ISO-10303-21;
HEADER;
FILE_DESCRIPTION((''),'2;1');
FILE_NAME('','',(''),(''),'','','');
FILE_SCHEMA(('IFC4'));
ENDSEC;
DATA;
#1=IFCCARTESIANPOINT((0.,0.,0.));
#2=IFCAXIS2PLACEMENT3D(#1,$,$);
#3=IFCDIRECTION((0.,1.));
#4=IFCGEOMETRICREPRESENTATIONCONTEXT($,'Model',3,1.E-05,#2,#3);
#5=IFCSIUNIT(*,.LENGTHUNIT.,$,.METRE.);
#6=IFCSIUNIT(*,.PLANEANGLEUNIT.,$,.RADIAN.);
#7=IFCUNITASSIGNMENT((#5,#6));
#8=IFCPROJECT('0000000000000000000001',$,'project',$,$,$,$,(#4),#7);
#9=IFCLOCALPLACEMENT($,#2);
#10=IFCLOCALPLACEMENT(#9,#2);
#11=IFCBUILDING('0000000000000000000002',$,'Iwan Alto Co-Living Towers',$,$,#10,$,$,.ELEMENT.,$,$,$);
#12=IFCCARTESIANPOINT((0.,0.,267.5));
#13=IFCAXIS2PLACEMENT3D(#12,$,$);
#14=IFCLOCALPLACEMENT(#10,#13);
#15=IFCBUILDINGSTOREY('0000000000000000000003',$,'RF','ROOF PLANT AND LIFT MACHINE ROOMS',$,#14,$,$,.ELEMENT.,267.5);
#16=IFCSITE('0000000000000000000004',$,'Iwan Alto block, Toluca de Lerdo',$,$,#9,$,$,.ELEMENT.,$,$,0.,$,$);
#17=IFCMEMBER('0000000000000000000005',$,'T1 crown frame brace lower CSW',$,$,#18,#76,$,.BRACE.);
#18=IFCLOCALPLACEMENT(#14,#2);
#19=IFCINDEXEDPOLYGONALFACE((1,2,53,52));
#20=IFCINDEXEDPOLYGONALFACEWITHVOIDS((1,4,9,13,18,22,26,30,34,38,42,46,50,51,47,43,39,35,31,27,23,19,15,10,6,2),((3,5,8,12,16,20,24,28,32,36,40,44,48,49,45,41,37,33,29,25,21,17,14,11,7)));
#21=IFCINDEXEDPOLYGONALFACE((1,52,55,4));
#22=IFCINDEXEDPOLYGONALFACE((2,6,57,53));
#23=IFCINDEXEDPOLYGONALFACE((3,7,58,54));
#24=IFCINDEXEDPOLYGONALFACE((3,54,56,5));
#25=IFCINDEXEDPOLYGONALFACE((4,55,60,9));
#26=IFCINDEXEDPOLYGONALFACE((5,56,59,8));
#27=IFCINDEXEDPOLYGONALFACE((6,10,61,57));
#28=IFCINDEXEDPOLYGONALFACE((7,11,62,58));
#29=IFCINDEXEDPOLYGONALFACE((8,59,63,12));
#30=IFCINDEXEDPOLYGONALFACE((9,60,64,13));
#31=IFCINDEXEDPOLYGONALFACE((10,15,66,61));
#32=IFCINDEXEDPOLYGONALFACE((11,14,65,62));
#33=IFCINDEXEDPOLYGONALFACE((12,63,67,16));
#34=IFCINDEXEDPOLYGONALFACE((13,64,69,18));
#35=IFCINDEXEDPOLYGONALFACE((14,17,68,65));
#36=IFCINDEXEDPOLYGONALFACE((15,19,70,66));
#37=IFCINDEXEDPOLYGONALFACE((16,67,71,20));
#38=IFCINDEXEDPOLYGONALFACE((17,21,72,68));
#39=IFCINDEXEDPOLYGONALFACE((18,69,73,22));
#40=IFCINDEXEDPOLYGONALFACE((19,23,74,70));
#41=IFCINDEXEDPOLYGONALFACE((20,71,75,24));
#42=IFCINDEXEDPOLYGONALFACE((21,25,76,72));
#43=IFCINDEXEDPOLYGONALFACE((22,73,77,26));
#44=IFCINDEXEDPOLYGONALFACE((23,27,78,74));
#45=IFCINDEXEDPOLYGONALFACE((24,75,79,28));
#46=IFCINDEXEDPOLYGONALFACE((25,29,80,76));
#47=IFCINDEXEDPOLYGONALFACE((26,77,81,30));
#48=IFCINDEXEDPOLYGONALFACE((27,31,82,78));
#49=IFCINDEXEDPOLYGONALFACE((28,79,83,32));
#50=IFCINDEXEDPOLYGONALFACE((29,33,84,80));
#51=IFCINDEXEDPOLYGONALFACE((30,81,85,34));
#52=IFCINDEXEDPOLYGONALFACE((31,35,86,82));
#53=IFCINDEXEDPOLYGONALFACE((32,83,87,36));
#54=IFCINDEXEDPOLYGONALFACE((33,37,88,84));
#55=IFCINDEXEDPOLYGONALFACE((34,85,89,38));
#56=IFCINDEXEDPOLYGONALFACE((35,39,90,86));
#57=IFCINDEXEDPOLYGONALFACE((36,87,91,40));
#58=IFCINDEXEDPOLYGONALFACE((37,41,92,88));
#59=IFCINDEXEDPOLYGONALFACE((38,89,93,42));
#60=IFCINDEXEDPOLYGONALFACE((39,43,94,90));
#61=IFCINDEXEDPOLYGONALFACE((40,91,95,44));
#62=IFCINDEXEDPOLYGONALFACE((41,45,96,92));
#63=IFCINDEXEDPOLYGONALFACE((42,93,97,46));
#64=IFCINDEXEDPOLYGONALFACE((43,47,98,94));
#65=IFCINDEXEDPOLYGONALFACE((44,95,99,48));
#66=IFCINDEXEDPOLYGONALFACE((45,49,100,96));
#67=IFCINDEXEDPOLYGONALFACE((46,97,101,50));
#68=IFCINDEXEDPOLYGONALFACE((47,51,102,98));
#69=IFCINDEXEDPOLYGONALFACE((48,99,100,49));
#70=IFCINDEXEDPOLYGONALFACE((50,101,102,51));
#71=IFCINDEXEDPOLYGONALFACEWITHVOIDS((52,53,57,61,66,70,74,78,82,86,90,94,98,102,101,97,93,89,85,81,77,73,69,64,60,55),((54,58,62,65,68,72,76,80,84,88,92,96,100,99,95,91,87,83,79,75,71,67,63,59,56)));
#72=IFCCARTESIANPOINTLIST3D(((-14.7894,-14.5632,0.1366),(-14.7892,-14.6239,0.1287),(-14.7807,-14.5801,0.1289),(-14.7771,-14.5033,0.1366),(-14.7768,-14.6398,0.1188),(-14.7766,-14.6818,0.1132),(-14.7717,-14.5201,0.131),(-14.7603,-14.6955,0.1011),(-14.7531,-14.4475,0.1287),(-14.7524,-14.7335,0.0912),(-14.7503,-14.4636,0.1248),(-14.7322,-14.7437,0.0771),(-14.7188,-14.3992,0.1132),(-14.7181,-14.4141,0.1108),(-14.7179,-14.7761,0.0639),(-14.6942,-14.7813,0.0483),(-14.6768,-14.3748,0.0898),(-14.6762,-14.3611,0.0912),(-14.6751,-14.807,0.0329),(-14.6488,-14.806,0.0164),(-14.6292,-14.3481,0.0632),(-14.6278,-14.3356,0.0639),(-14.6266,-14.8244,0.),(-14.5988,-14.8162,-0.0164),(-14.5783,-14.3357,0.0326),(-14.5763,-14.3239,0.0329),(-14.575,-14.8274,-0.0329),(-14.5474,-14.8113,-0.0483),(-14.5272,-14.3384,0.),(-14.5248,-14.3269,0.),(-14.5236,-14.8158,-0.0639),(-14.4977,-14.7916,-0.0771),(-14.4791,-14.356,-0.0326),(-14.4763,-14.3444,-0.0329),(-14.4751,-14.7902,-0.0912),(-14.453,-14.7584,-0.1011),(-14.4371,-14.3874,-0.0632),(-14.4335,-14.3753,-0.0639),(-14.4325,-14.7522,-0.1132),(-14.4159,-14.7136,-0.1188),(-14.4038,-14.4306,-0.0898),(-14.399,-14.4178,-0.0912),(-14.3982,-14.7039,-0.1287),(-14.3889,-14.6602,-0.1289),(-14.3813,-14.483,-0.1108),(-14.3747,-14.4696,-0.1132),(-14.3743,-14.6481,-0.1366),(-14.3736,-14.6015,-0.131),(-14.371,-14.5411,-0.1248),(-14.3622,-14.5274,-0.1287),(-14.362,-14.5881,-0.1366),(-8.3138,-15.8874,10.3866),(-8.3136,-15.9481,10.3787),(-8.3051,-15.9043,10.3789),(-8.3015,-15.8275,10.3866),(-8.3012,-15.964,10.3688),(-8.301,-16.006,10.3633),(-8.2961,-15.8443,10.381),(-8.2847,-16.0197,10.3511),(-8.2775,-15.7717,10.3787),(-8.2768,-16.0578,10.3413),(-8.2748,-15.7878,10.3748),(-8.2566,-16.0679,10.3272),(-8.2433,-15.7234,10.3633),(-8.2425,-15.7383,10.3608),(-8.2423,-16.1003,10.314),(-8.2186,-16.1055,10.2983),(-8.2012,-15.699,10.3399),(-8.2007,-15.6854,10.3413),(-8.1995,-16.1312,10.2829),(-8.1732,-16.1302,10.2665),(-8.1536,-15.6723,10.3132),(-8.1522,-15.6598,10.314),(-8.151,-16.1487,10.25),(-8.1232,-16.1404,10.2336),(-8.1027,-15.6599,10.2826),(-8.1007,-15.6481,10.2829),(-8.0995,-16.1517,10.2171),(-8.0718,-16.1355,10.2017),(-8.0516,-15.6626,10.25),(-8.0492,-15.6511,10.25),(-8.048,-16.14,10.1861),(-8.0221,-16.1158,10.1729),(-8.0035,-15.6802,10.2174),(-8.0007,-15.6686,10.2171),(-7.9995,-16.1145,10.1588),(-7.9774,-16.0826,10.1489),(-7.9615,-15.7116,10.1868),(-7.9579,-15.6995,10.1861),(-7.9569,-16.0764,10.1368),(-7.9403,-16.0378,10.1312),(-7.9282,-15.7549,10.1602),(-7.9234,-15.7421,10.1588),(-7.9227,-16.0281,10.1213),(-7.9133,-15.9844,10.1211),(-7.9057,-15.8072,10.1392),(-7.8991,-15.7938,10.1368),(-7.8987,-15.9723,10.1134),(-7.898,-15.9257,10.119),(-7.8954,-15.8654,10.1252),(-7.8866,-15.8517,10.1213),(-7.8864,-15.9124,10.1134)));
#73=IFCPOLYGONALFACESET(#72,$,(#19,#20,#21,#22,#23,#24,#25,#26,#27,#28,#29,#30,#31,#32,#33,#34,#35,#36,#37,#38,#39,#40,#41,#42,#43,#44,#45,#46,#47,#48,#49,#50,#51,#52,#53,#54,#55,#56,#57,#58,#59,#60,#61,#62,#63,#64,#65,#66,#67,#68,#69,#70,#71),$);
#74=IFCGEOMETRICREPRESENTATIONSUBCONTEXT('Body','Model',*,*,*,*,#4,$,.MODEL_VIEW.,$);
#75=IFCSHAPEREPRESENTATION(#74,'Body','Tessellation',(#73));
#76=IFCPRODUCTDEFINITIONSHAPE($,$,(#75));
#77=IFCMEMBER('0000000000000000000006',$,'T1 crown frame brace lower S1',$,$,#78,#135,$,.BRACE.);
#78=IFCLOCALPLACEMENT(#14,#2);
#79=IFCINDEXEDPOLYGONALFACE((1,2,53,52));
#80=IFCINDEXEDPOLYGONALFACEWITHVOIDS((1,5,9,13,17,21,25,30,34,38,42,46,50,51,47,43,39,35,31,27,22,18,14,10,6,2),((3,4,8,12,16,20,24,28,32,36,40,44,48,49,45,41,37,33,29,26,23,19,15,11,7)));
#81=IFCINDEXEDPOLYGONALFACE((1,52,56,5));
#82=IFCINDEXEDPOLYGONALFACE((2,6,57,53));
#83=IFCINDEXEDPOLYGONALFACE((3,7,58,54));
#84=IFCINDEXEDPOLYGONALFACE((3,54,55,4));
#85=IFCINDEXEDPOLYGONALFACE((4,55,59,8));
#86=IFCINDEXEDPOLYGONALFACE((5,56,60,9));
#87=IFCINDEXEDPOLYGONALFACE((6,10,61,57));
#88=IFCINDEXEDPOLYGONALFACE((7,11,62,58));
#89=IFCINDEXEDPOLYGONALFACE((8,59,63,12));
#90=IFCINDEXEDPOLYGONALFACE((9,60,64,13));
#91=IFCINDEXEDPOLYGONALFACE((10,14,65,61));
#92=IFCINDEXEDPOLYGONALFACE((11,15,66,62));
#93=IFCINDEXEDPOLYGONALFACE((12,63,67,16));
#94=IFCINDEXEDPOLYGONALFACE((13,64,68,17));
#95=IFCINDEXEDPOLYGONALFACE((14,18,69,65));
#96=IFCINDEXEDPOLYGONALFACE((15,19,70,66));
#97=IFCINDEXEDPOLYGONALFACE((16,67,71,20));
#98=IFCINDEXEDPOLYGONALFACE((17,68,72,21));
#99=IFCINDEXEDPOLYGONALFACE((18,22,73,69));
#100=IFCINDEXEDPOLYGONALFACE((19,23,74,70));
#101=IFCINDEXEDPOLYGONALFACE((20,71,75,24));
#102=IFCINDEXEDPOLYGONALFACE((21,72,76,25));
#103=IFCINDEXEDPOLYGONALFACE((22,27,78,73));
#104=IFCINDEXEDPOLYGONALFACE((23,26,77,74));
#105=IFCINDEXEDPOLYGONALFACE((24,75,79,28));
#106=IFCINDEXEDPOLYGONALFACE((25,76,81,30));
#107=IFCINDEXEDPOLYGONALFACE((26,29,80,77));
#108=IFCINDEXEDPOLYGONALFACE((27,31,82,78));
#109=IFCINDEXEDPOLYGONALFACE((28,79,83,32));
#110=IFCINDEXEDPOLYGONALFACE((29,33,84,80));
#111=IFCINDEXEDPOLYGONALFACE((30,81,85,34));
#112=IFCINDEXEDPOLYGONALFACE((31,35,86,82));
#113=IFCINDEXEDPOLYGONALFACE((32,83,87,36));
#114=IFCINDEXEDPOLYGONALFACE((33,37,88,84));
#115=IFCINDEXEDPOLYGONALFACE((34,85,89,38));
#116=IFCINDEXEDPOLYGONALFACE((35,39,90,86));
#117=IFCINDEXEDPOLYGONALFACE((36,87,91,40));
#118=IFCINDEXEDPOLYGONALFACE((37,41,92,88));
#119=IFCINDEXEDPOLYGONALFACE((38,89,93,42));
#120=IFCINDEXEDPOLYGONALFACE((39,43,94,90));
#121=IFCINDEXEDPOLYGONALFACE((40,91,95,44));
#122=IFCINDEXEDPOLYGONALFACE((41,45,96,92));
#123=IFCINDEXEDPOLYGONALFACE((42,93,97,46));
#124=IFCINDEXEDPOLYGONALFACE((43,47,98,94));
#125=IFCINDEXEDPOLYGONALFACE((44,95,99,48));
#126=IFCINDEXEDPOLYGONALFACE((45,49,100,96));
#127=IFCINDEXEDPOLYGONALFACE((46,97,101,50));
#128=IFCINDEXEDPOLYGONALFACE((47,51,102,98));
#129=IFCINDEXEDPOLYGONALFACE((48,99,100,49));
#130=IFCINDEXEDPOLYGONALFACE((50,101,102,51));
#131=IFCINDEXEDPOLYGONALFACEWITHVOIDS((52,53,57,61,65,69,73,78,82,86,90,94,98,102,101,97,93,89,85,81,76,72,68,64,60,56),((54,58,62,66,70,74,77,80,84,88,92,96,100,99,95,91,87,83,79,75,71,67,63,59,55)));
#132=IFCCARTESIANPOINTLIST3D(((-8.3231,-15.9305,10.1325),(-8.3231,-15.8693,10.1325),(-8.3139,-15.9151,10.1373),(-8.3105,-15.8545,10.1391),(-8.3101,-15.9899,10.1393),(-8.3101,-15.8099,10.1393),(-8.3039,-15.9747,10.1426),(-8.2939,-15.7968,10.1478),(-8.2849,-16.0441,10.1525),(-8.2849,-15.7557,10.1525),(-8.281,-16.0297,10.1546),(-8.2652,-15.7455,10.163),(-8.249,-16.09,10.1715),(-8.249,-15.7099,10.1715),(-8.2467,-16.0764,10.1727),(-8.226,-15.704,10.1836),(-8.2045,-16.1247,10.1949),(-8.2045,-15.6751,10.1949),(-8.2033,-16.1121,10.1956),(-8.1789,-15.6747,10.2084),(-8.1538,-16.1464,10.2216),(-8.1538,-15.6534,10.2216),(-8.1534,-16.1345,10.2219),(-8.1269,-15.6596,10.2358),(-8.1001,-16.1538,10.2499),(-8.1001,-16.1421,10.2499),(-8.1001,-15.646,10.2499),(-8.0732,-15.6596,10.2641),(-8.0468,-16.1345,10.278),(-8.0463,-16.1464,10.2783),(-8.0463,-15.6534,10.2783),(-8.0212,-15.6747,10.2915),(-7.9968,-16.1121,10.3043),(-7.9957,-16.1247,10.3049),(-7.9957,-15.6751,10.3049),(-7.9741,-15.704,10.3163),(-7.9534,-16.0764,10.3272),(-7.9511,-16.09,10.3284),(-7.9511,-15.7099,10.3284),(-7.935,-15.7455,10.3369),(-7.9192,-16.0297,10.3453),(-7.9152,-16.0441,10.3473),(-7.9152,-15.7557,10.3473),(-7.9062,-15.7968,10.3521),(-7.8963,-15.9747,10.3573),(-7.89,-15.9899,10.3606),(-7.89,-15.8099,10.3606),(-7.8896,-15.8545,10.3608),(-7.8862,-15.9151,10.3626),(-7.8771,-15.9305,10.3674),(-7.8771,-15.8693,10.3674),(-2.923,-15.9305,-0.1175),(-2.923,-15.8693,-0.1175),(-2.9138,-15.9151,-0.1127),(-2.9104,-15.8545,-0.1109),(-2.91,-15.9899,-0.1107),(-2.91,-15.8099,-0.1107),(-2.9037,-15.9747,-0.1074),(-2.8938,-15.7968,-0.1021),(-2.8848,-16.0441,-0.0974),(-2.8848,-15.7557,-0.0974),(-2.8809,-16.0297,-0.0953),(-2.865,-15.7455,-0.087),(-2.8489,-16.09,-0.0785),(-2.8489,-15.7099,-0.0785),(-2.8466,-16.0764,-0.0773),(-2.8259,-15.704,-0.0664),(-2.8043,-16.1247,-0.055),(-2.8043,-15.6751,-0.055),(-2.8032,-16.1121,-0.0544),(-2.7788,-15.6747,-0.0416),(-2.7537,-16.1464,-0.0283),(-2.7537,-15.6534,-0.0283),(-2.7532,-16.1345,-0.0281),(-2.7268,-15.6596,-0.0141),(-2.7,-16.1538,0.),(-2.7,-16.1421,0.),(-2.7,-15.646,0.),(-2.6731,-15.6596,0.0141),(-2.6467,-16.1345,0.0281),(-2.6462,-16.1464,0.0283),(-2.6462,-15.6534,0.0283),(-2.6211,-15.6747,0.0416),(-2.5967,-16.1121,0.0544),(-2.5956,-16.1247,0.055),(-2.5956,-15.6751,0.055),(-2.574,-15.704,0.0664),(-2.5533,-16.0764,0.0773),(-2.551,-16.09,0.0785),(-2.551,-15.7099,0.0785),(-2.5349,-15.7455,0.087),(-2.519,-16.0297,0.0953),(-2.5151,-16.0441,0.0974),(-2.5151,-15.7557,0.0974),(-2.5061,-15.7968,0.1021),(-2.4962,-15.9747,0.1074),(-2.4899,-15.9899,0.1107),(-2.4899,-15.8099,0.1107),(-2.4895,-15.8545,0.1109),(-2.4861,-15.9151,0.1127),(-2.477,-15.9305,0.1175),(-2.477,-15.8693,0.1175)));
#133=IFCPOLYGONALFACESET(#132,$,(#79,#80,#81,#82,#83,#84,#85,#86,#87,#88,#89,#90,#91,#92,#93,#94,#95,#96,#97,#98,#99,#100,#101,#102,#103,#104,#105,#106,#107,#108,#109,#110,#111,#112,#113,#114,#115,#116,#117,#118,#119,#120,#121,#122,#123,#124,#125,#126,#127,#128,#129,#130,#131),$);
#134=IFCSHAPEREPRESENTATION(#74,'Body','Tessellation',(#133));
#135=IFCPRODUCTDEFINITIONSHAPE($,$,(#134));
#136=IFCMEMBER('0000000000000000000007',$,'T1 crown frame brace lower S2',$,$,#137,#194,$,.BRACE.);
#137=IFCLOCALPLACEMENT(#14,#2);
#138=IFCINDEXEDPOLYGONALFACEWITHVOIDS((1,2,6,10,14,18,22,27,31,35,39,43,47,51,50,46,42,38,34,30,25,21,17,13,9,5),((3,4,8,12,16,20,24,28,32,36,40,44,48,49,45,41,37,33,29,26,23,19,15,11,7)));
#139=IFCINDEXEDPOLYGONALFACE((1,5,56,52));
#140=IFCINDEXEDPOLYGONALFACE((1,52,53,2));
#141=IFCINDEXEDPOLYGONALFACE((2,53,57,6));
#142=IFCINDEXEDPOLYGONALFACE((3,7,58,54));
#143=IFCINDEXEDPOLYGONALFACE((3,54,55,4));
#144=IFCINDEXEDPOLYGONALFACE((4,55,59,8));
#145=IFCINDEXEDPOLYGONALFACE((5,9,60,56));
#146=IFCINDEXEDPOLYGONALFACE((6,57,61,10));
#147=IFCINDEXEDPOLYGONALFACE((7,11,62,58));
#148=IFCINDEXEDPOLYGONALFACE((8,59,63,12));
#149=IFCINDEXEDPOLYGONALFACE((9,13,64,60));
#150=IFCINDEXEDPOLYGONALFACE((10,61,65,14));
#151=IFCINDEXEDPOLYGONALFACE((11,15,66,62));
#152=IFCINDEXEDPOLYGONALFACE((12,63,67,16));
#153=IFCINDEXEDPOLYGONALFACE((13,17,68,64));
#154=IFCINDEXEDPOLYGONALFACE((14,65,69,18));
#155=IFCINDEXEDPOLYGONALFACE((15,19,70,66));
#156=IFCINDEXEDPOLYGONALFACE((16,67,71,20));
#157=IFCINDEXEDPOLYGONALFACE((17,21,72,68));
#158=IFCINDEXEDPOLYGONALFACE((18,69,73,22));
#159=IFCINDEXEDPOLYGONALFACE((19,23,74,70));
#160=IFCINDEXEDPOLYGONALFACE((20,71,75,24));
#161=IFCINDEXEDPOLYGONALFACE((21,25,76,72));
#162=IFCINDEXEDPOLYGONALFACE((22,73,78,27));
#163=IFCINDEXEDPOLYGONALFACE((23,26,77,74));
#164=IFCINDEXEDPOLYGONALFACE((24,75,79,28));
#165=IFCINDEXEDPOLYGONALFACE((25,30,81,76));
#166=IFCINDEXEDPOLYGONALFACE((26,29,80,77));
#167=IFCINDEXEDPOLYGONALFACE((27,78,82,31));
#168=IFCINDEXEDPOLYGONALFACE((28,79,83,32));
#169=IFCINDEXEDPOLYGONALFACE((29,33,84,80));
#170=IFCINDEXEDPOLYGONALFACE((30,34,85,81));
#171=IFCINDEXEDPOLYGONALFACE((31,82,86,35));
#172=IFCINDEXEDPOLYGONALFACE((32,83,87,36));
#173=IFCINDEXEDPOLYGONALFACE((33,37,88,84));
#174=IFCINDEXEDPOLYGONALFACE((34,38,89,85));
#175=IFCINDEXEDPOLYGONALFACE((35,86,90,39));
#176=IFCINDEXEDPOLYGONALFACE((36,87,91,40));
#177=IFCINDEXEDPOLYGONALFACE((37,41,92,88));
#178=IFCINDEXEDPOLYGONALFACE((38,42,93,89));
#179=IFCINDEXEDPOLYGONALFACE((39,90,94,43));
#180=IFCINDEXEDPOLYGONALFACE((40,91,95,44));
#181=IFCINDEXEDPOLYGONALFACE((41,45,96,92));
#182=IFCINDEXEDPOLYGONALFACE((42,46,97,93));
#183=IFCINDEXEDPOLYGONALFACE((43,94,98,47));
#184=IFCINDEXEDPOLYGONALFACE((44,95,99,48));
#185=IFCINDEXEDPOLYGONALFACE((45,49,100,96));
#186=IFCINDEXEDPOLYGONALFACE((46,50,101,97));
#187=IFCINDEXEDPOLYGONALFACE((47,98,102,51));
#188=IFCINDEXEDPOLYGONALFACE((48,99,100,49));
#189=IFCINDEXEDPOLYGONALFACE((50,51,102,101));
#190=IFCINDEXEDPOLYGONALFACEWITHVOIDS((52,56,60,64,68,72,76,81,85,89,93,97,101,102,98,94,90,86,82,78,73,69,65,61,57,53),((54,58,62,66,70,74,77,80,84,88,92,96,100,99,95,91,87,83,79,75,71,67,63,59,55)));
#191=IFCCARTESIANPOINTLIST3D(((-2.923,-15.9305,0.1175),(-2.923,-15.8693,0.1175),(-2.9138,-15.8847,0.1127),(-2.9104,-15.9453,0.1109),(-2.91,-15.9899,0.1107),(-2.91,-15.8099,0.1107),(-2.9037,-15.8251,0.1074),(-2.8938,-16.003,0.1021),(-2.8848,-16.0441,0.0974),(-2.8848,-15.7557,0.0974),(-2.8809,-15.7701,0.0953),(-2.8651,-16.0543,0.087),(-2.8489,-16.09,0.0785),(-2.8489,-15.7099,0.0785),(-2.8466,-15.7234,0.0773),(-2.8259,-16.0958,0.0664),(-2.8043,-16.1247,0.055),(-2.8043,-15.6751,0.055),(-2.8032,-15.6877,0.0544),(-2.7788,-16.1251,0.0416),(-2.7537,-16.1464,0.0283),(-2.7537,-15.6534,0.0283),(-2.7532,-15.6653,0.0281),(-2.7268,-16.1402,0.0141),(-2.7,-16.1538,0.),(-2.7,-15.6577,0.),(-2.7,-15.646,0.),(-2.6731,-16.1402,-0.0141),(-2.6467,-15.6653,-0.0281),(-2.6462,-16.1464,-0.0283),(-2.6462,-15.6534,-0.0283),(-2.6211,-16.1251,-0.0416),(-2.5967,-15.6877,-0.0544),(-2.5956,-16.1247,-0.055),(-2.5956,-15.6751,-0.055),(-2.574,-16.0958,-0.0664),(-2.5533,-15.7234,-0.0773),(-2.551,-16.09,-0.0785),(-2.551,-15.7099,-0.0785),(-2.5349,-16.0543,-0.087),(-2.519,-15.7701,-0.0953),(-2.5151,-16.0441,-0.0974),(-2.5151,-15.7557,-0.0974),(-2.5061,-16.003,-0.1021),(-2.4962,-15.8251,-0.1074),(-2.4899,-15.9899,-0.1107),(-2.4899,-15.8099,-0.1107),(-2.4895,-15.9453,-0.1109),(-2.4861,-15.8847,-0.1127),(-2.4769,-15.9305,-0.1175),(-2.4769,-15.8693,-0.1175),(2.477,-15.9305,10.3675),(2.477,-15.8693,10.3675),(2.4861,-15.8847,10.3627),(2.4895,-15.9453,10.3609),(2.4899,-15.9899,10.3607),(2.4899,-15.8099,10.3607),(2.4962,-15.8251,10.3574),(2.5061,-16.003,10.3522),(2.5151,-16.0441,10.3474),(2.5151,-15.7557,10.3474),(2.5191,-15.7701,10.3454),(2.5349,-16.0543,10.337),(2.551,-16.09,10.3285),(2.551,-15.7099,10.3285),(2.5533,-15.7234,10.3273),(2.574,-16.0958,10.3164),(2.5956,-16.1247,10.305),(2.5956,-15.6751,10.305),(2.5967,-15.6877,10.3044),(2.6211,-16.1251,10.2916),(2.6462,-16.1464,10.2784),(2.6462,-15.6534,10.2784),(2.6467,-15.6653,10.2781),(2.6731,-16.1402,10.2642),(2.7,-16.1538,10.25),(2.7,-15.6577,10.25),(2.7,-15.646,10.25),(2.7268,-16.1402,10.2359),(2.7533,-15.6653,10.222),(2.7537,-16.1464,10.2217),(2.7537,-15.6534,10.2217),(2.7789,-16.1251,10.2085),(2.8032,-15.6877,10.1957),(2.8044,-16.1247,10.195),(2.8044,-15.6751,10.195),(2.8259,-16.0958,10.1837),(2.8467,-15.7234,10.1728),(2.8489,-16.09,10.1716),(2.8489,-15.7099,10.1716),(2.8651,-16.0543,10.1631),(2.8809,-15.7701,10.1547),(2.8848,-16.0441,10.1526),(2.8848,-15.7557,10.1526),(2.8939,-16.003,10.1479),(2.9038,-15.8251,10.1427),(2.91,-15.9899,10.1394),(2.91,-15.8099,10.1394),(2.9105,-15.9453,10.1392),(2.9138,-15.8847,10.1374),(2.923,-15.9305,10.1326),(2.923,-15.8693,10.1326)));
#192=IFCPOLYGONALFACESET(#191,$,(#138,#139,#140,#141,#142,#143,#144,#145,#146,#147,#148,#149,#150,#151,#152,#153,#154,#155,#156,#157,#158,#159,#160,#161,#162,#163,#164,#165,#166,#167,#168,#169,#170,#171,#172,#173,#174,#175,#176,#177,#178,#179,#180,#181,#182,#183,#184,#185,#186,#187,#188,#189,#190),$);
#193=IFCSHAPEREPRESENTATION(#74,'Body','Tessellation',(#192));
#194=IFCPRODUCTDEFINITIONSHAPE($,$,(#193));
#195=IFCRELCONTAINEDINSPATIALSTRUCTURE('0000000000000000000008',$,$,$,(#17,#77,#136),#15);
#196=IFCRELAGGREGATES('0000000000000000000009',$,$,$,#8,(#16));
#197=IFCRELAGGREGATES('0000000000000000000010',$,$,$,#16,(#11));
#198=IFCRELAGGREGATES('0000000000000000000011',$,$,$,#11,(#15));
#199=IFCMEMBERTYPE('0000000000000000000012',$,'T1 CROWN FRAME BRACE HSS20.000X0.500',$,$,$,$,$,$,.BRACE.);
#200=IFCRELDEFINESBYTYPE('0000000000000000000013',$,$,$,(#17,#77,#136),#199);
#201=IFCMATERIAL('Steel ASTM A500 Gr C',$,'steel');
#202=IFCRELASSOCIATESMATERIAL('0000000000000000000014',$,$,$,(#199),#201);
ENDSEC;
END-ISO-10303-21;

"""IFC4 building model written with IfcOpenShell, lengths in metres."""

from ifc_helpers import new_model, si_unit, direction, frame, origin, origin_2d, place, context, subcontext, project, spatial, hollow_circle, extrude, material, material_profile, profile_set, type_object, element, save


model = new_model("IFC4")

# Units and contexts
model_context = context("Model", 3, precision=1e-05, world=origin(), true_north=direction((0.0, 1.0)))
body_context = subcontext(model_context, "Body", "Model", "MODEL_VIEW")
ifc_project = project(units=[si_unit("LENGTHUNIT", "METRE"), si_unit("PLANEANGLEUNIT", "RADIAN")], contexts=[model_context])

# Site, building, storey
site_placement = place(None, origin())
site = spatial("IfcSite", under=ifc_project, at=site_placement, Name="Iwan Alto block, Toluca de Lerdo", CompositionType="ELEMENT", RefElevation=0.0)
building_placement = place(site_placement, origin())
building = spatial("IfcBuilding", under=site, at=building_placement, Name="Iwan Alto Co-Living Towers", CompositionType="ELEMENT")
storey_placement = place(building_placement, frame((0.0, 0.0, 267.5)))
storey = spatial("IfcBuildingStorey", under=building, at=storey_placement, Name="RF", Description="ROOF PLANT AND LIFT MACHINE ROOMS", CompositionType="ELEMENT", Elevation=267.5)

# Members
ifc_material_1 = material(Name="Steel ASTM A500 Gr C", Category="steel")
ifc_material_profile_1 = material_profile(ifc_material_1, hollow_circle(Radius=0.2539, WallThickness=0.0117, at=origin_2d()), Name="HSS20.000X0.500")
ifc_profile_set_1 = profile_set([ifc_material_profile_1], Name="Steel ASTM A500 Gr C")
member_type = type_object("IfcMemberType", Name="T1 CROWN FRAME BRACE HSS20.000X0.500", PredefinedType="BRACE", material=ifc_profile_set_1)
member_1_placement = place(storey_placement, frame((-14.5757, -14.5757, 0.0), z_axis=(0.530948, -0.108576, 0.84042), x_axis=(0.200348, 0.979725, 0.0)))
element("IfcMember", 1, at=member_1_placement, inside=storey, type_object=member_type, Name="T1 crown frame brace lower CSW", PredefinedType="BRACE", context=body_context, shape_type="SweptSolid", body=[
    extrude(hollow_circle(Radius=0.2539, WallThickness=0.0117, at=origin_2d()), origin(), (0.0, 0.0, 1.0), 12.1963),
])
for number, where, z_axis, x_axis, name in (
    (2, (-2.7, -15.8999, 0.0), (-0.466112, 0.0, 0.884726), (0.0, -1.0, 0.0), "T1 crown frame brace lower S1"),
    (3, (-2.7, -15.8999, 0.0), (0.466096, 0.0, 0.884734), (0.0, 1.0, 0.0), "T1 crown frame brace lower S2"),
):
    element("IfcMember", number, at=place(storey_placement, frame(where, z_axis=z_axis, x_axis=x_axis)), inside=storey, type_object=member_type, Name=name, PredefinedType="BRACE", context=body_context, shape_type="SweptSolid", body=[
        extrude(hollow_circle(Radius=0.2539, WallThickness=0.0117, at=origin_2d()), origin(), (0.0, 0.0, 1.0), 11.5854),
    ])

save(model, "model.ifc")
